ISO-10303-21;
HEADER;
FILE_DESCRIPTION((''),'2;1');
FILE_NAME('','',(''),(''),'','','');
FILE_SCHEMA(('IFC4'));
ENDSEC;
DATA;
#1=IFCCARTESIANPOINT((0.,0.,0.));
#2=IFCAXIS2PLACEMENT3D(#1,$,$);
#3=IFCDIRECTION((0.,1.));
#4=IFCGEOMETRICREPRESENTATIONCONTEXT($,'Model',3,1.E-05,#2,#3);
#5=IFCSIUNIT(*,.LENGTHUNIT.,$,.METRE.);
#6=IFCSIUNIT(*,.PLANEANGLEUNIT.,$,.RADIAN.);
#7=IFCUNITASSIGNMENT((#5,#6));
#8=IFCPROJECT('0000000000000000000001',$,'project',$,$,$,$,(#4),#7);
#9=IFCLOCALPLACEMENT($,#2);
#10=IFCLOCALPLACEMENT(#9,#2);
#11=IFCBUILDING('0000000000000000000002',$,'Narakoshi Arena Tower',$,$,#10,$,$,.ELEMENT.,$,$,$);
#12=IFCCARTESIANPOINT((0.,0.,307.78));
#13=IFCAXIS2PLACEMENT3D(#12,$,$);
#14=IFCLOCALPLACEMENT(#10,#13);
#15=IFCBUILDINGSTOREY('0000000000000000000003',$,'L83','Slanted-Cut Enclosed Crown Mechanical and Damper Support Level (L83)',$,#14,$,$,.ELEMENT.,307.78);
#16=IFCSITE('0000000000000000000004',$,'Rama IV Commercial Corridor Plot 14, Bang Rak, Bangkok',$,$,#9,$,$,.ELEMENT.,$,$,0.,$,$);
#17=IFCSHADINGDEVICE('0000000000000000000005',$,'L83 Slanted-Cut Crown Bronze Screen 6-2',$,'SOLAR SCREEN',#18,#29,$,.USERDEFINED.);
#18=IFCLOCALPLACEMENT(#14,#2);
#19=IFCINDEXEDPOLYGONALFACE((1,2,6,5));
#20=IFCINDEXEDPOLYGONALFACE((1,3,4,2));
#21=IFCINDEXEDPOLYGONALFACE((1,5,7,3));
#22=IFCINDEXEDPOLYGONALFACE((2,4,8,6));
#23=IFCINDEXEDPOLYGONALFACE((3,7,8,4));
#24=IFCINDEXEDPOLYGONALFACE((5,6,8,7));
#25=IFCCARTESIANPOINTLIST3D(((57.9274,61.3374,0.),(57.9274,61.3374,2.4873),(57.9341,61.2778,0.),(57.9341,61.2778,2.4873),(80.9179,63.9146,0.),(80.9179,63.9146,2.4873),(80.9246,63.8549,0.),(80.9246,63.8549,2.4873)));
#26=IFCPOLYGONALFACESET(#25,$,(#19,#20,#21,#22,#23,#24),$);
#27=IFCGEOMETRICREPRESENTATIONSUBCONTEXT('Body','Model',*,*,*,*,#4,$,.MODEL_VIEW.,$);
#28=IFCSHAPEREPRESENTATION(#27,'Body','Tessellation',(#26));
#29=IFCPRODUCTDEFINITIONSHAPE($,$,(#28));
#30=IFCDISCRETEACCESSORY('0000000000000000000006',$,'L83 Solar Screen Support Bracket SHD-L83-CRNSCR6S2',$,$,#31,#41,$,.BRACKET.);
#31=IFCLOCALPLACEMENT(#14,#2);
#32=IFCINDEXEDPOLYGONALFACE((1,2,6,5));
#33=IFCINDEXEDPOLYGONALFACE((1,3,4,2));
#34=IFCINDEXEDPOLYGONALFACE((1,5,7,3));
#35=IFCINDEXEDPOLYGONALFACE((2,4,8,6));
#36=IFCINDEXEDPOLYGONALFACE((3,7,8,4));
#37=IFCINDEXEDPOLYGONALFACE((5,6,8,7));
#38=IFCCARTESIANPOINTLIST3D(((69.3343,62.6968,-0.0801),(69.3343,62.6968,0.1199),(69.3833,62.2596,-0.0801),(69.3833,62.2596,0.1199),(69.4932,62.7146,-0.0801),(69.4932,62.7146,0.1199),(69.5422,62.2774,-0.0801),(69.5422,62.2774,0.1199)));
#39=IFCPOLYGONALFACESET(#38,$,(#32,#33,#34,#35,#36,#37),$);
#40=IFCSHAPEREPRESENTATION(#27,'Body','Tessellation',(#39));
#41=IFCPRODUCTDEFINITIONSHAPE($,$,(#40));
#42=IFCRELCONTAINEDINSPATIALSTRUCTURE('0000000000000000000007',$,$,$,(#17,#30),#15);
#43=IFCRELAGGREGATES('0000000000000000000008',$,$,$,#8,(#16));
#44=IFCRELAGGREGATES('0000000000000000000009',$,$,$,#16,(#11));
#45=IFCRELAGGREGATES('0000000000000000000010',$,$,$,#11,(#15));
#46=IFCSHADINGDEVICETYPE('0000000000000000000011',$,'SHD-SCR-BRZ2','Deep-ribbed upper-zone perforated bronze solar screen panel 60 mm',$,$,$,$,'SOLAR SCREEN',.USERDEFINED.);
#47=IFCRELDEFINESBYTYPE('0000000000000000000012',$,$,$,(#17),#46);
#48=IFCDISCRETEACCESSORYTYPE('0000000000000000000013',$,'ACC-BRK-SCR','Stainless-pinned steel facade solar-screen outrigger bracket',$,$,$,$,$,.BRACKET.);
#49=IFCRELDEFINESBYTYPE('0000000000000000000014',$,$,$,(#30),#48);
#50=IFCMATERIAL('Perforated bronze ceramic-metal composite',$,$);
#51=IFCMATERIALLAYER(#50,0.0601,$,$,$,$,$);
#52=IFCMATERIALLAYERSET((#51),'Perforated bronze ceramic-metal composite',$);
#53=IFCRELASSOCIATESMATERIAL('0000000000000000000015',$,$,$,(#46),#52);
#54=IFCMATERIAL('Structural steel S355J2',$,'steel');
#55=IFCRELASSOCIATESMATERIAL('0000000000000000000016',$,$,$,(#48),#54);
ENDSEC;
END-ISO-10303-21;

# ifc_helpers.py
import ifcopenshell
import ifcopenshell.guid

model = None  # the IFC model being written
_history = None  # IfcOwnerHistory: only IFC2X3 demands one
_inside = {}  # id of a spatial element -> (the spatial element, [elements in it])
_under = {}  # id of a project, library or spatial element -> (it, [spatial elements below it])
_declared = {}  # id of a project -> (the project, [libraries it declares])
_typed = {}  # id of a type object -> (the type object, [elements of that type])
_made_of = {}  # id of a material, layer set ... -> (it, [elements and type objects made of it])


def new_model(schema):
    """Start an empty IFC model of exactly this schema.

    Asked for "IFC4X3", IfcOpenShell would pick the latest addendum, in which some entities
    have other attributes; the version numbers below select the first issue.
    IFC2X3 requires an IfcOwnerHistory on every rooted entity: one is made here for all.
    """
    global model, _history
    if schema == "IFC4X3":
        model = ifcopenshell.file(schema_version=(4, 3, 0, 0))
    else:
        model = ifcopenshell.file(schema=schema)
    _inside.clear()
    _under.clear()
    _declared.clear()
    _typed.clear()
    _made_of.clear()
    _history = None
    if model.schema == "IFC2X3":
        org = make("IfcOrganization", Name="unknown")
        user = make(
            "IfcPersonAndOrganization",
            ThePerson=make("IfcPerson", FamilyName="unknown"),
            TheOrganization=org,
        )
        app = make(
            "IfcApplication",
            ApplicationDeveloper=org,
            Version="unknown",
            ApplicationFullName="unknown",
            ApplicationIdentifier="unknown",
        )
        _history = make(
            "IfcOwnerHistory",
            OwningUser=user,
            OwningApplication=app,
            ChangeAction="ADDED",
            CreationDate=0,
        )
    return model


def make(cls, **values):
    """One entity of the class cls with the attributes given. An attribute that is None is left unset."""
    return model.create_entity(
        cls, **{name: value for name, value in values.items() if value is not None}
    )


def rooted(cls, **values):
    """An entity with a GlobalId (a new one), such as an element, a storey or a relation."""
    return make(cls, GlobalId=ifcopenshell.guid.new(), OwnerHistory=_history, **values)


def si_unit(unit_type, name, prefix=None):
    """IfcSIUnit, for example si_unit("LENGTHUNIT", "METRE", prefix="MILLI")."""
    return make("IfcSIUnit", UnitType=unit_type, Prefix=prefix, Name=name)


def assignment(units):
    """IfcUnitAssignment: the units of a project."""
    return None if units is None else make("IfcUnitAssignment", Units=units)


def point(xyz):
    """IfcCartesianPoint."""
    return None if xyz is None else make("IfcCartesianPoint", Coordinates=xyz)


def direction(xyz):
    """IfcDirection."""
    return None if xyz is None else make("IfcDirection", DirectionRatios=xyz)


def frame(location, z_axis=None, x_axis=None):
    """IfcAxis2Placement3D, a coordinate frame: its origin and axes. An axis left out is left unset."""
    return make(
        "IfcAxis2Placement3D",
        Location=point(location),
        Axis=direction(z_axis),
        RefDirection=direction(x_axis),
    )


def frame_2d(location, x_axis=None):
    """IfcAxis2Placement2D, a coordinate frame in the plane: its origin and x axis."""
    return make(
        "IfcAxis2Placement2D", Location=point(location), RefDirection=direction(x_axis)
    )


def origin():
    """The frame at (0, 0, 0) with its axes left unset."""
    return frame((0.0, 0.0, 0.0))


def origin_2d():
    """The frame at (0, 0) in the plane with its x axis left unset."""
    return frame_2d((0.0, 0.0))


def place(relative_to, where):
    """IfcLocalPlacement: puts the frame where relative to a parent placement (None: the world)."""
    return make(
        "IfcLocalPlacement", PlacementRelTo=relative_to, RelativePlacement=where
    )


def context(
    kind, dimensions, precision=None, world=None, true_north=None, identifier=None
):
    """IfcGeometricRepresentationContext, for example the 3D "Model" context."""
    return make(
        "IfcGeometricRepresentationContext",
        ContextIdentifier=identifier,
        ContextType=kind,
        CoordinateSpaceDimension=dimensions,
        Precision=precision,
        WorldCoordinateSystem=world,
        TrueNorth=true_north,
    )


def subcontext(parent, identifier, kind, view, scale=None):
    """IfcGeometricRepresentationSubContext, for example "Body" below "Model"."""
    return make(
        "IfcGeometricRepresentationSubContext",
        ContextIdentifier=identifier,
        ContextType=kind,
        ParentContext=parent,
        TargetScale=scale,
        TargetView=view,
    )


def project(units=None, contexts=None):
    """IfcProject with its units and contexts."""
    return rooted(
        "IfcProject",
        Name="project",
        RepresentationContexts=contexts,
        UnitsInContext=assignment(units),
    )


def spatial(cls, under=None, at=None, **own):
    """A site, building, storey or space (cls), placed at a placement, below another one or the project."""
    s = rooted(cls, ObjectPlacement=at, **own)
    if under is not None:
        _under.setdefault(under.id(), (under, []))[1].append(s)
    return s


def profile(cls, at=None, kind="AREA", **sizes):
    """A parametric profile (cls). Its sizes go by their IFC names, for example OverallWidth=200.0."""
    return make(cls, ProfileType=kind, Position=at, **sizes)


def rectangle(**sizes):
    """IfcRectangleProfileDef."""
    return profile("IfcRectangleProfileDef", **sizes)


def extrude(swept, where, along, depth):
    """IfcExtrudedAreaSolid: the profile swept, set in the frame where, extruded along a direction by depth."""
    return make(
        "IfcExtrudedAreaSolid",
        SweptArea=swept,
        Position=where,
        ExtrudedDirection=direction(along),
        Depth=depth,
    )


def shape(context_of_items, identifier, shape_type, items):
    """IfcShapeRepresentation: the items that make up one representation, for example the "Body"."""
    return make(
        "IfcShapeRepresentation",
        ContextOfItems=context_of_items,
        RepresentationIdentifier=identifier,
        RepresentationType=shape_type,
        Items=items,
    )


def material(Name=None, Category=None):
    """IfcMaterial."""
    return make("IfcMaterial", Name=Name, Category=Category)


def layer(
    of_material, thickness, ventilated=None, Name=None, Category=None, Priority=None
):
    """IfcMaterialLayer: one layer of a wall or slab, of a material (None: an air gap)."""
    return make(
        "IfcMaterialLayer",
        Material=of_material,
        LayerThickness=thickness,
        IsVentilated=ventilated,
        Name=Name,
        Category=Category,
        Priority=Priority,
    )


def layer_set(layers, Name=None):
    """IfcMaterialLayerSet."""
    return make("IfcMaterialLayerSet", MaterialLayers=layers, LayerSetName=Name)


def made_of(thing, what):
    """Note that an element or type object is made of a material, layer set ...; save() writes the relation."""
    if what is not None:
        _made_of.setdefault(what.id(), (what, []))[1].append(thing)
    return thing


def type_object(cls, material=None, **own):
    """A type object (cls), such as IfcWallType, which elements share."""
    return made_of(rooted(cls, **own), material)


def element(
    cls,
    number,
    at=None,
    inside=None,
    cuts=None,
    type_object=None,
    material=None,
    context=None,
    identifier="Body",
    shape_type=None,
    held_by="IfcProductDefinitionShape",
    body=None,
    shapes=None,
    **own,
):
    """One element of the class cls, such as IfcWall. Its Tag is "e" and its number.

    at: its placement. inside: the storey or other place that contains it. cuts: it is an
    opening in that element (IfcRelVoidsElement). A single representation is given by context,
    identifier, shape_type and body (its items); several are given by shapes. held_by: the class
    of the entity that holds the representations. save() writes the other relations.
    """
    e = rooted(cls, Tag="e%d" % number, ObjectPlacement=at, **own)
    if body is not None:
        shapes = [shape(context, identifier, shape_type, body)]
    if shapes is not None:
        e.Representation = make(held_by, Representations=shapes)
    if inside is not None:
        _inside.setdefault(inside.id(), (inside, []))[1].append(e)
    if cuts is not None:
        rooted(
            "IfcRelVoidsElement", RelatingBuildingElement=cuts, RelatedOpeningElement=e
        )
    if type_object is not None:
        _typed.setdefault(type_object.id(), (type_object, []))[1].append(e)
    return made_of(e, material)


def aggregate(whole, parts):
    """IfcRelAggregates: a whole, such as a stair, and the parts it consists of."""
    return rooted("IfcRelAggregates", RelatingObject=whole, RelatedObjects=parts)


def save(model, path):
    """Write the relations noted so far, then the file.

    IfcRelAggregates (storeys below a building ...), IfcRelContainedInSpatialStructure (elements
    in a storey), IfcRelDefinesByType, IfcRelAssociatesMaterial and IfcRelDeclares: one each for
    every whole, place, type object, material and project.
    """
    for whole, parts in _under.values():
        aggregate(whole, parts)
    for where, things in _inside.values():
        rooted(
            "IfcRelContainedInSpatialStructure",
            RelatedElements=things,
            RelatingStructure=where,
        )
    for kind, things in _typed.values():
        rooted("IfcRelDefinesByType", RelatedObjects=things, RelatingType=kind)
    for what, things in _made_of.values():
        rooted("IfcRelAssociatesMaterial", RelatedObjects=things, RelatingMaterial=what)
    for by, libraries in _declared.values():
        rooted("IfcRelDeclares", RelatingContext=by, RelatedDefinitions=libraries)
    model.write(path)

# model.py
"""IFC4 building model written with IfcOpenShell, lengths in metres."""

from ifc_helpers import new_model, si_unit, direction, frame, origin, origin_2d, place, context, subcontext, project, spatial, rectangle, extrude, material, layer, layer_set, type_object, element, save


model = new_model("IFC4")

# Units and contexts
model_context = context("Model", 3, precision=1e-05, world=origin(), true_north=direction((0.0, 1.0)))
body_context = subcontext(model_context, "Body", "Model", "MODEL_VIEW")
ifc_project = project(units=[si_unit("LENGTHUNIT", "METRE"), si_unit("PLANEANGLEUNIT", "RADIAN")], contexts=[model_context])

# Site, building, storey
site_placement = place(None, origin())
site = spatial("IfcSite", under=ifc_project, at=site_placement, Name="Rama IV Commercial Corridor Plot 14, Bang Rak, Bangkok", CompositionType="ELEMENT", RefElevation=0.0)
building_placement = place(site_placement, origin())
building = spatial("IfcBuilding", under=site, at=building_placement, Name="Narakoshi Arena Tower", CompositionType="ELEMENT")
storey_placement = place(building_placement, frame((0.0, 0.0, 307.78)))
storey = spatial("IfcBuildingStorey", under=building, at=storey_placement, Name="L83", Description="Slanted-Cut Enclosed Crown Mechanical and Damper Support Level (L83)", CompositionType="ELEMENT", Elevation=307.78)

# Shared definitions
ifc_material_1 = material(Name="Structural steel S355J2", Category="steel")

# Shading device
ifc_material_2 = material(Name="Perforated bronze ceramic-metal composite")
ifc_layer_1 = layer(ifc_material_2, 0.0601)
ifc_layer_set_1 = layer_set([ifc_layer_1], Name="Perforated bronze ceramic-metal composite")
shading_device_type = type_object("IfcShadingDeviceType", Name="SHD-SCR-BRZ2", Description="Deep-ribbed upper-zone perforated bronze solar screen panel 60 mm", ElementType="SOLAR SCREEN", PredefinedType="USERDEFINED", material=ifc_layer_set_1)
shading_device_placement = place(storey_placement, frame((69.426, 62.5962, 0.0), z_axis=(0.0, 0.0, 1.0), x_axis=(0.993776, 0.1114, 0.0)))
element("IfcShadingDevice", 1, at=shading_device_placement, inside=storey, type_object=shading_device_type, Name="L83 Slanted-Cut Crown Bronze Screen 6-2", ObjectType="SOLAR SCREEN", PredefinedType="USERDEFINED", context=body_context, shape_type="SweptSolid", body=[
    extrude(rectangle(XDim=23.1345, YDim=0.0601, at=origin_2d()), origin(), (0.0, 0.0, 1.0), 2.4873),
])

# Discrete accessory
discrete_accessory_type = type_object("IfcDiscreteAccessoryType", Name="ACC-BRK-SCR", Description="Stainless-pinned steel facade solar-screen outrigger bracket", PredefinedType="BRACKET", material=ifc_material_1)
discrete_accessory_placement = place(storey_placement, frame((69.4382, 62.4871, -0.0801), z_axis=(0.0, 0.0, 1.0), x_axis=(0.993776, 0.1114, 0.0)))
element("IfcDiscreteAccessory", 2, at=discrete_accessory_placement, inside=storey, type_object=discrete_accessory_type, Name="L83 Solar Screen Support Bracket SHD-L83-CRNSCR6S2", PredefinedType="BRACKET", context=body_context, shape_type="SweptSolid", body=[
    extrude(rectangle(XDim=0.1599, YDim=0.4399, at=origin_2d()), origin(), (0.0, 0.0, 1.0), 0.2),
])

save(model, "model.ifc")
